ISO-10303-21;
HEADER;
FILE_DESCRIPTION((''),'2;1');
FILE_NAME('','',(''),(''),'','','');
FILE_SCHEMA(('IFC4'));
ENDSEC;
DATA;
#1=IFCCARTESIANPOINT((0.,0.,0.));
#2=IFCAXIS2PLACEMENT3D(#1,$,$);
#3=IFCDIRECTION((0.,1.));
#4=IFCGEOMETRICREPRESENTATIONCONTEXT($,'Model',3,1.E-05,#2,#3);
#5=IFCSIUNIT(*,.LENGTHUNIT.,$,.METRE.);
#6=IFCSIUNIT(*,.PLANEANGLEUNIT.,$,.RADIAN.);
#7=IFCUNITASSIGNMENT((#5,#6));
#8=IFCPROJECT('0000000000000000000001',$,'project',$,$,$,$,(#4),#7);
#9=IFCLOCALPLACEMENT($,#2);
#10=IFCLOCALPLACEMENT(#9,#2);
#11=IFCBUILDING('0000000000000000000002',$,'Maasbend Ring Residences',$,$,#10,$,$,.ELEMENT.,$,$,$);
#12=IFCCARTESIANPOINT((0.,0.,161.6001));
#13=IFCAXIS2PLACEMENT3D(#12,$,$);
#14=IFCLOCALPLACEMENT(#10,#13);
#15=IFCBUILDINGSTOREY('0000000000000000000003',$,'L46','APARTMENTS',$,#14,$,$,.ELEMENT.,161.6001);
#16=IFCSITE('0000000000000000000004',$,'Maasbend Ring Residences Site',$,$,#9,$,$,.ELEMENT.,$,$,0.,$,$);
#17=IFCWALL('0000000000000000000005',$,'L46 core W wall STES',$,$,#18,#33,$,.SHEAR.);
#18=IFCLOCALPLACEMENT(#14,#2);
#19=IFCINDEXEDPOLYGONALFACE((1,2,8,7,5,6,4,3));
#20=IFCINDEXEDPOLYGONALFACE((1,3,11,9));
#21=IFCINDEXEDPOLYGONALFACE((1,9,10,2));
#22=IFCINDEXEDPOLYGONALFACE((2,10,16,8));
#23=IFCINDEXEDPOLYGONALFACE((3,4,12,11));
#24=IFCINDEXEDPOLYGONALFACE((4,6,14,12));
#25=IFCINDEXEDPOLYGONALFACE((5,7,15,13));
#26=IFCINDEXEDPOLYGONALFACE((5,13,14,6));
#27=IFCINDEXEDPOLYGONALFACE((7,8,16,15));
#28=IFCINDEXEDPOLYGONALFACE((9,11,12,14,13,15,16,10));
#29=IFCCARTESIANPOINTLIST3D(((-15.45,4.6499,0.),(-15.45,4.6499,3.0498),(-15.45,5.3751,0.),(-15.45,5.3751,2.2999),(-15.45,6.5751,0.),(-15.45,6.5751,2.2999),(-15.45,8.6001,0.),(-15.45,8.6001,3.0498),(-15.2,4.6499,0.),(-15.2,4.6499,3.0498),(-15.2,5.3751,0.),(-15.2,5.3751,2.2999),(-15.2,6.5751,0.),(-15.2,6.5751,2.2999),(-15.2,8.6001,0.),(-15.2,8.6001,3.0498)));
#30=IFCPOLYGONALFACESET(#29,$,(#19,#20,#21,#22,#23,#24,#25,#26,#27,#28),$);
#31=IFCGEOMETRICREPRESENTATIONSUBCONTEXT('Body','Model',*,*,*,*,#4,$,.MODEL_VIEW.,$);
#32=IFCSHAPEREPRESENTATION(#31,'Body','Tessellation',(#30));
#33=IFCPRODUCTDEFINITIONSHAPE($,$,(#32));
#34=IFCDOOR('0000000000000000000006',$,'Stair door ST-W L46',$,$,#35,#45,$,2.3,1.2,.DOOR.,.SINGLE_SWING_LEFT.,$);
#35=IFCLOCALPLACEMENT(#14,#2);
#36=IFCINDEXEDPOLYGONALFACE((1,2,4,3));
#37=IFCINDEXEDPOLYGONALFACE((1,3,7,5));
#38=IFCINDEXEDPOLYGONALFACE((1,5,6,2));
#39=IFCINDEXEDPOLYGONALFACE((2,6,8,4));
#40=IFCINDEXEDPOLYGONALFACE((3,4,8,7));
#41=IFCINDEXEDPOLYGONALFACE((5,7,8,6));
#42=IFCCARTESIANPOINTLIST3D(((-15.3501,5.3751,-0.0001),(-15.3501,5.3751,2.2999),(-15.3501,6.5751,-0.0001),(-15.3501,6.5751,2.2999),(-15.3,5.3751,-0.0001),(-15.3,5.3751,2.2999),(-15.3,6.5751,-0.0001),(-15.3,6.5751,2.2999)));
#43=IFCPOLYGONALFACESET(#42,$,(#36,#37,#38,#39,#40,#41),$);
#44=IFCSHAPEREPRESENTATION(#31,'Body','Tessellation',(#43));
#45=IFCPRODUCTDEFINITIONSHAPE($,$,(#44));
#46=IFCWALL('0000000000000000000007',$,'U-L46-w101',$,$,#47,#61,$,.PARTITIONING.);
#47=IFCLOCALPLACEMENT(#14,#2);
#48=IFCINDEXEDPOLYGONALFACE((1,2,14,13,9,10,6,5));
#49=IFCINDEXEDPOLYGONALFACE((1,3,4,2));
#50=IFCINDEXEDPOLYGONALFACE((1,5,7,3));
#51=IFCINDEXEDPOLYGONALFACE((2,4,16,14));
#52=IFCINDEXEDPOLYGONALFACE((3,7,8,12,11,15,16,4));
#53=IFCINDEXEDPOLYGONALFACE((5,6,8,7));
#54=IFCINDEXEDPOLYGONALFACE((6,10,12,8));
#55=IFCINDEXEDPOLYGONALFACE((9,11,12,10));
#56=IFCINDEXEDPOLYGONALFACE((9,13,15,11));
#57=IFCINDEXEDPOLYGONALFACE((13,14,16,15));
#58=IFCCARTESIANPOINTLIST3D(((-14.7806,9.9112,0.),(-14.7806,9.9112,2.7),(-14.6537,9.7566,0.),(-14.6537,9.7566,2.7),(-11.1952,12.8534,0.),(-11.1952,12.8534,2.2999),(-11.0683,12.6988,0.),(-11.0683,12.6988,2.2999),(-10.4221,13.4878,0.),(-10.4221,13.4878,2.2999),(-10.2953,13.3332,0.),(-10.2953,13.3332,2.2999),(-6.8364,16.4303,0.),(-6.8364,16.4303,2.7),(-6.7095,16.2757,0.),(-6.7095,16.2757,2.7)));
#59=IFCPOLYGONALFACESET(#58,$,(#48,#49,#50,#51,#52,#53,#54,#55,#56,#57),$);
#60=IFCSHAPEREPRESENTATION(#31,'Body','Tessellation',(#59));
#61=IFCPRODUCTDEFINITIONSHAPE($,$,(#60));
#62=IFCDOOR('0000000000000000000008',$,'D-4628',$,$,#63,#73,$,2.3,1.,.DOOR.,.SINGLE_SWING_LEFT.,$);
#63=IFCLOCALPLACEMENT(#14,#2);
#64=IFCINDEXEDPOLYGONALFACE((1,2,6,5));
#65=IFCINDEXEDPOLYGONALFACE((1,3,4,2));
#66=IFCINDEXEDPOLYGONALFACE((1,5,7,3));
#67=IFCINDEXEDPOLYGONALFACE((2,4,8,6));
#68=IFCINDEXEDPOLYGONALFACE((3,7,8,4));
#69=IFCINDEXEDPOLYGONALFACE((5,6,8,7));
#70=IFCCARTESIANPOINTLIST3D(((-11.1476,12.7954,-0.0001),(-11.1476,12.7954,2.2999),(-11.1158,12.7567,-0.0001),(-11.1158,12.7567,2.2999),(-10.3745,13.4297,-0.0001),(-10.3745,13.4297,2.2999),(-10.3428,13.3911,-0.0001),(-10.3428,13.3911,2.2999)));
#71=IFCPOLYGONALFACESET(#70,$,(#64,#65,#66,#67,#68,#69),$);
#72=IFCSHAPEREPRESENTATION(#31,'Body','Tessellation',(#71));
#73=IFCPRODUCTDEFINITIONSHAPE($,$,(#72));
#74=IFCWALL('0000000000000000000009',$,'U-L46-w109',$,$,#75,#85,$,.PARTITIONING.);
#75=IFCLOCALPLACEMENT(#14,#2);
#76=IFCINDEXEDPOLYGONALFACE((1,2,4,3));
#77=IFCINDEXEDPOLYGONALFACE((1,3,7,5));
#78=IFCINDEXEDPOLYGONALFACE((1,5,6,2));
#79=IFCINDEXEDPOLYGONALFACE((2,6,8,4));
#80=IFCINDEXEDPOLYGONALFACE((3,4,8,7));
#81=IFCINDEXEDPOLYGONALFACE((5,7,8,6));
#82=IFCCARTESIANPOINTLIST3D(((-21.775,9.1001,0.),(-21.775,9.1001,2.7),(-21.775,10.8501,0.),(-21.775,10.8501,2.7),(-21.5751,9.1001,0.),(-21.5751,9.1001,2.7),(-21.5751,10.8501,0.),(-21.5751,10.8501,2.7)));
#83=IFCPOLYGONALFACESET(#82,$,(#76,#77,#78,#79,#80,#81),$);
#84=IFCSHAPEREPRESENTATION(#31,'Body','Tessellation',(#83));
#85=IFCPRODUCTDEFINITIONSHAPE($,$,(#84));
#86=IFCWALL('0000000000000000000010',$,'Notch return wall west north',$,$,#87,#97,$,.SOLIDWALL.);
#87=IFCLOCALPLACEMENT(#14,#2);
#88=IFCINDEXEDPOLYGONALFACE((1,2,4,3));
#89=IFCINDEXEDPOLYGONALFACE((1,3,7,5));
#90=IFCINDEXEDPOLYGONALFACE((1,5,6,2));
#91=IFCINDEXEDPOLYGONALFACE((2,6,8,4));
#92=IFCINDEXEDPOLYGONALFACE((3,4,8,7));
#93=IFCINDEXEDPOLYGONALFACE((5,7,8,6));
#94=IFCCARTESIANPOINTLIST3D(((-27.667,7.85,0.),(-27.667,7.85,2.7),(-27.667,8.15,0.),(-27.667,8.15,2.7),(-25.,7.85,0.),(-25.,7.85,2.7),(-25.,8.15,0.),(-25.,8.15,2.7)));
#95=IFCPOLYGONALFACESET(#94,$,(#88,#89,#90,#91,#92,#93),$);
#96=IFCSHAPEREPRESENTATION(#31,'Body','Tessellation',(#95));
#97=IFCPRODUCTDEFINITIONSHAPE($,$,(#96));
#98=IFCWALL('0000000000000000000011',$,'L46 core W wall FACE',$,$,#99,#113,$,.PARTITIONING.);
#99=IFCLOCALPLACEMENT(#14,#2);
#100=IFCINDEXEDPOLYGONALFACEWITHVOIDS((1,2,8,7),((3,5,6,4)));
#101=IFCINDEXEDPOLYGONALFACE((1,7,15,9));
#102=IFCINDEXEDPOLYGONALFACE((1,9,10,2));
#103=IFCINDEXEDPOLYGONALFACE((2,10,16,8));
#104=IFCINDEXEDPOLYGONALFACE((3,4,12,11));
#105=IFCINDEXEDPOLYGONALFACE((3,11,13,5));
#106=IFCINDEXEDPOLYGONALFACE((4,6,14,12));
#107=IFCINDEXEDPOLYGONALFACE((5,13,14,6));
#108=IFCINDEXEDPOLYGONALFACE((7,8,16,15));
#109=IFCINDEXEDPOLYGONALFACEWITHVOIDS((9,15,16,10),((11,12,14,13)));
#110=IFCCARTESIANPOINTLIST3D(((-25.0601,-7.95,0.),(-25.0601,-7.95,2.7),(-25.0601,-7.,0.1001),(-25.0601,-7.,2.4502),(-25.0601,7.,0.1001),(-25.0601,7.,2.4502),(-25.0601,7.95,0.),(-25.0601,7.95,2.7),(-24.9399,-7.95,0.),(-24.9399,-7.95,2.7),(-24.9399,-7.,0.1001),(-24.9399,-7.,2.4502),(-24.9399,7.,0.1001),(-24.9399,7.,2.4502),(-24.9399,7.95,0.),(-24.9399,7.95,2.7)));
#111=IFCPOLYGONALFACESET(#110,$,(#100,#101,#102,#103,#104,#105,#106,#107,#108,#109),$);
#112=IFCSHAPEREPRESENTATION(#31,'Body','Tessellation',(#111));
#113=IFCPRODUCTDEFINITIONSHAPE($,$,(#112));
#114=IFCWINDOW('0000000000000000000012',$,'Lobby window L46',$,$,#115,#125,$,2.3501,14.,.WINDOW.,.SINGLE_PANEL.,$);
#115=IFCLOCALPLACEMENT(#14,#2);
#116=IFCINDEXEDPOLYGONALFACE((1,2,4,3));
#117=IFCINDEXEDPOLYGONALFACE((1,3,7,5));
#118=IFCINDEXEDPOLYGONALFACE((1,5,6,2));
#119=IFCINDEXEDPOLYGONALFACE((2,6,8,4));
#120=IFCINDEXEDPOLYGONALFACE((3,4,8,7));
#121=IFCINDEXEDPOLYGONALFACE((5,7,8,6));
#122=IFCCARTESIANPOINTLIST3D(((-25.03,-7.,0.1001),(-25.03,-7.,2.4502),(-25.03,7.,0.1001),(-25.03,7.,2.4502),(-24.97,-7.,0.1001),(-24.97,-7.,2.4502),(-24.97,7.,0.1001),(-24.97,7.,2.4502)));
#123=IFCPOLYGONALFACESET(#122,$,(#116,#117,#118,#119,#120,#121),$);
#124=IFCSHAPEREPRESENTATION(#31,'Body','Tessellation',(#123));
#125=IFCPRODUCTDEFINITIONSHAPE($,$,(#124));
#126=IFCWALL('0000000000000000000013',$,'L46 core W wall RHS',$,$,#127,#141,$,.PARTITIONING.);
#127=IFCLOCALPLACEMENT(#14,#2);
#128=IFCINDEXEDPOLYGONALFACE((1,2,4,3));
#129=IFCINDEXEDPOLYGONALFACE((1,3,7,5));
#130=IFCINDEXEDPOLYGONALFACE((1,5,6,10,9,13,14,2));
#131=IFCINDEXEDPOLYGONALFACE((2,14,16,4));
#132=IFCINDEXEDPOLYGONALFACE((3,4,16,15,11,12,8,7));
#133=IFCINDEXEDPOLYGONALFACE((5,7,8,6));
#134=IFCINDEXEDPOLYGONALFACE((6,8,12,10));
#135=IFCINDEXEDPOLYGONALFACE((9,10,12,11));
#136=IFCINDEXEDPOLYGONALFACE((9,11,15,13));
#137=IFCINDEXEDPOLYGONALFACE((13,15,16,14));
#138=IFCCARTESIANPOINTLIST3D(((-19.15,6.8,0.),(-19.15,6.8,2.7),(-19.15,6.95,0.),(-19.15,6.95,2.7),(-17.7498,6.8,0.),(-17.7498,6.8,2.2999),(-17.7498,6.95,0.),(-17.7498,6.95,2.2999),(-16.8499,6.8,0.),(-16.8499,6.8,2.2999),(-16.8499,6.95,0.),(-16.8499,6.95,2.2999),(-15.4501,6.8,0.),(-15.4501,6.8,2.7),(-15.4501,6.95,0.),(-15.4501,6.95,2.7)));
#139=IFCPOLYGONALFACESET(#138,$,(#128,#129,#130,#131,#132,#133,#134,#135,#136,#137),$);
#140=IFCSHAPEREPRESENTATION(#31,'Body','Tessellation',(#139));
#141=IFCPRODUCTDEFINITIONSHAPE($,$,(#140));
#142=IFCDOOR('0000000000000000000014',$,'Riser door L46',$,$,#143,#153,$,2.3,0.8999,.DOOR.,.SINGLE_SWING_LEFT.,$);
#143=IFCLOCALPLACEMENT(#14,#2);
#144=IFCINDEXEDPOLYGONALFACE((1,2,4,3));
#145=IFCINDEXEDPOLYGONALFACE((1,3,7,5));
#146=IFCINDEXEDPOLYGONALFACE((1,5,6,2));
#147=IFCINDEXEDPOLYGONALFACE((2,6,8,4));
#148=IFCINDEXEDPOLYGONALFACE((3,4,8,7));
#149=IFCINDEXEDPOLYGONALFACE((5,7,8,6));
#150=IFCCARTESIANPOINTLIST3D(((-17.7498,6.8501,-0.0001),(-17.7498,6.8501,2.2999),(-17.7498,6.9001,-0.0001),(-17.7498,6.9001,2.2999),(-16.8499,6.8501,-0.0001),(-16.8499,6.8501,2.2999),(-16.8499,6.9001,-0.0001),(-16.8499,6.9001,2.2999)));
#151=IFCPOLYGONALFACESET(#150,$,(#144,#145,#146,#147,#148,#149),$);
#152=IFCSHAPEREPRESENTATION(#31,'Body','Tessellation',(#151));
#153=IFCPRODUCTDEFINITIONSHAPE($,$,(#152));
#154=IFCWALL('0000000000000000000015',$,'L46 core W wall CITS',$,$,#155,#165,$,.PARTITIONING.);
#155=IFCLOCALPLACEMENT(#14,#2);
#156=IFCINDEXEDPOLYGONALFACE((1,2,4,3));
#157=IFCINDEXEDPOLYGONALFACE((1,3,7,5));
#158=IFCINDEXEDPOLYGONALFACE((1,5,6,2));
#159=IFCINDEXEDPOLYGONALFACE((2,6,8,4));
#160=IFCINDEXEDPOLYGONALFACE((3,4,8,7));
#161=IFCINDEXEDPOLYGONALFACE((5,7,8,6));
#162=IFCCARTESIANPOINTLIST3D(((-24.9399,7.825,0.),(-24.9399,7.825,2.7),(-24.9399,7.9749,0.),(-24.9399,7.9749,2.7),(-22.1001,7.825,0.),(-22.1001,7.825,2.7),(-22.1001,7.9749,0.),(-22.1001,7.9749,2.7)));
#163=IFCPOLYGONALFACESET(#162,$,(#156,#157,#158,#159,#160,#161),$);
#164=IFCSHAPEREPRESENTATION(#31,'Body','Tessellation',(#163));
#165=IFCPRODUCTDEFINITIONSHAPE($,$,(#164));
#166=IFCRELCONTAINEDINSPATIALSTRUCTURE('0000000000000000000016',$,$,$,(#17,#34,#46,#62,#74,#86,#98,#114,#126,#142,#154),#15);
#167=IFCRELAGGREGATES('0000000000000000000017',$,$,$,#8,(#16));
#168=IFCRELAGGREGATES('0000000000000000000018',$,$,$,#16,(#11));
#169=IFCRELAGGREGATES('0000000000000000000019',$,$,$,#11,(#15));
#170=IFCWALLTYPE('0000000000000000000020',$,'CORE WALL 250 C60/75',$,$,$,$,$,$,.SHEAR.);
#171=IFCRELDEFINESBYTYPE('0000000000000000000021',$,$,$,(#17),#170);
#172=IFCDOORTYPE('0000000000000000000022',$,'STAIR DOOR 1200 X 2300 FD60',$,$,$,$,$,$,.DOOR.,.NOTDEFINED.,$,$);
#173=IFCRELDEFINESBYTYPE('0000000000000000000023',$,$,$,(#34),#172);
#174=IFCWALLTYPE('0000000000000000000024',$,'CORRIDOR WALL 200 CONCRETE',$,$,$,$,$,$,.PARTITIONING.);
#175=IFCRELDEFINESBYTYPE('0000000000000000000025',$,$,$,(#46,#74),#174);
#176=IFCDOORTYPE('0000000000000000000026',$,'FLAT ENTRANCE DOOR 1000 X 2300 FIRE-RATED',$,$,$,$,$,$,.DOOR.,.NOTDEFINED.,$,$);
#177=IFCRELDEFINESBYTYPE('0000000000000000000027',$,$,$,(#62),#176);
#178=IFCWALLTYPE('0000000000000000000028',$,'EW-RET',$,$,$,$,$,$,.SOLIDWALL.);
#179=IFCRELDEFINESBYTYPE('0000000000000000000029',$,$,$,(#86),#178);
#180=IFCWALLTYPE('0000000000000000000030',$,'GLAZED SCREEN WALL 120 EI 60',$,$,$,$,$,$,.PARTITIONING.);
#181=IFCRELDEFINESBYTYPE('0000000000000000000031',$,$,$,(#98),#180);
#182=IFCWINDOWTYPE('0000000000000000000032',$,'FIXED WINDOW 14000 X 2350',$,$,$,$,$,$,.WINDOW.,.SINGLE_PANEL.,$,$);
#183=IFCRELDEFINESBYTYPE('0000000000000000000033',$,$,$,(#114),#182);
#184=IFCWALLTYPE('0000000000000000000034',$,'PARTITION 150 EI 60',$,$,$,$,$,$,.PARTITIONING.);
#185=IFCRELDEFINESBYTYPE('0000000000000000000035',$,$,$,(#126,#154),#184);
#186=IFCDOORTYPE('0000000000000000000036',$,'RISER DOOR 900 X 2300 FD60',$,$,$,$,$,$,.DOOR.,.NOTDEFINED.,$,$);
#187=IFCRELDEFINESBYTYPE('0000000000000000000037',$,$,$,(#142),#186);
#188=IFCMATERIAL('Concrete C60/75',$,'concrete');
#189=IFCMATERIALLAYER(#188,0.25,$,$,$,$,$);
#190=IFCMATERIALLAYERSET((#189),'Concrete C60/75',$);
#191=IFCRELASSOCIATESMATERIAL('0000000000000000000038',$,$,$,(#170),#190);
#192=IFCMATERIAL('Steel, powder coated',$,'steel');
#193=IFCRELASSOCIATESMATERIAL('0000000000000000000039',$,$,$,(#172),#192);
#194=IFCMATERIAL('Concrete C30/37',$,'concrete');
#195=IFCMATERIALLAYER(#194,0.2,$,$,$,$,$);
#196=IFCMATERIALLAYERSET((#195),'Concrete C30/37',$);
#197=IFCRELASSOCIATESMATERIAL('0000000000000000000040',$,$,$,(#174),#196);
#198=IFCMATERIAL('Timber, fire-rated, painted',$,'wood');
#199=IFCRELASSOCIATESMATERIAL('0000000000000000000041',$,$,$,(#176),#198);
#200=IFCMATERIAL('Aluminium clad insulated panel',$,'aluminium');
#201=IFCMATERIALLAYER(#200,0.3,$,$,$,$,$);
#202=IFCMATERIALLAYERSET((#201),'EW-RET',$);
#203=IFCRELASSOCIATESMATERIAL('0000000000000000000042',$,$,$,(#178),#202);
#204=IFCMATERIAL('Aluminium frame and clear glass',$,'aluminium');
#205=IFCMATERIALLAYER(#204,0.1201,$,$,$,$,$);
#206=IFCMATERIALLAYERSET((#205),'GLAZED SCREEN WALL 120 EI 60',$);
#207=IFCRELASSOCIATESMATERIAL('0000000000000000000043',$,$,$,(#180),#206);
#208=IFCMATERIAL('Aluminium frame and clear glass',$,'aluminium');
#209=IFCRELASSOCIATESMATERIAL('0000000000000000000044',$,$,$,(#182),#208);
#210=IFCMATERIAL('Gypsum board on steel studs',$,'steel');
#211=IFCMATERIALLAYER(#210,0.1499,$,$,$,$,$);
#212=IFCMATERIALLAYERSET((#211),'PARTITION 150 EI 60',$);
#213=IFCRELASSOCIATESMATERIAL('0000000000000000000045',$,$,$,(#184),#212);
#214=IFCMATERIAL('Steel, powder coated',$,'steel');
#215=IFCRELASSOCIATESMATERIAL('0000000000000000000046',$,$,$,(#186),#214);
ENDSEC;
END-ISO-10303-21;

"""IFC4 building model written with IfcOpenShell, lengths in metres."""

from ifc_helpers import new_model, si_unit, direction, frame, frame_2d, origin, place, context, subcontext, project, spatial, rectangle, extrude, material, layer, layer_set, type_object, element, fill, save


model = new_model("IFC4")

# Units and contexts
model_context = context("Model", 3, precision=1e-05, world=origin(), true_north=direction((0.0, 1.0)))
body_context = subcontext(model_context, "Body", "Model", "MODEL_VIEW")
ifc_project = project(units=[si_unit("LENGTHUNIT", "METRE"), si_unit("PLANEANGLEUNIT", "RADIAN")], contexts=[model_context])

# Site, building, storey
site_placement = place(None, origin())
site = spatial("IfcSite", under=ifc_project, at=site_placement, Name="Maasbend Ring Residences Site", CompositionType="ELEMENT", RefElevation=0.0)
building_placement = place(site_placement, origin())
building = spatial("IfcBuilding", under=site, at=building_placement, Name="Maasbend Ring Residences", CompositionType="ELEMENT")
storey_placement = place(building_placement, frame((0.0, 0.0, 161.6001)))
storey = spatial("IfcBuildingStorey", under=building, at=storey_placement, Name="L46", Description="APARTMENTS", CompositionType="ELEMENT", Elevation=161.6001)

# Walls, openings, doors
ifc_material_1 = material(Name="Concrete C60/75", Category="concrete")
ifc_layer_1 = layer(ifc_material_1, 0.25)
ifc_layer_set_1 = layer_set([ifc_layer_1], Name="Concrete C60/75")
wall_type_1 = type_object("IfcWallType", Name="CORE WALL 250 C60/75", PredefinedType="SHEAR", material=ifc_layer_set_1)
wall_1_placement = place(storey_placement, frame((-15.325, 8.6001, 0.0), z_axis=(0.0, 0.0, 1.0), x_axis=(0.0, -1.0, 0.0)))
wall_1 = element("IfcWall", 1, at=wall_1_placement, inside=storey, type_object=wall_type_1, Name="L46 core W wall STES", PredefinedType="SHEAR", context=body_context, shape_type="SweptSolid", body=[
    extrude(rectangle(XDim=3.9502, YDim=0.25, at=frame_2d((1.9751, 0.0))), origin(), (0.0, 0.0, 1.0), 3.0498),
])
opening_1_placement = place(wall_1_placement, frame((2.0249, 0.0, 0.0)))
opening_1 = element("IfcOpeningElement", 2, at=opening_1_placement, cuts=wall_1, PredefinedType="OPENING", context=body_context, shape_type="SweptSolid", body=[
    extrude(rectangle(XDim=1.2, YDim=2.3, at=frame_2d((0.6001, 1.1499))), frame((0.0, 0.135, 0.0), z_axis=(0.0, -1.0, 0.0), x_axis=(1.0, 0.0, 0.0)), (0.0, 0.0, 1.0), 0.27),
])
ifc_material_2 = material(Name="Steel, powder coated", Category="steel")
door_type_1 = type_object("IfcDoorType", Name="STAIR DOOR 1200 X 2300 FD60", OperationType="NOTDEFINED", PredefinedType="DOOR", material=ifc_material_2)
door_1_placement = place(opening_1_placement, origin())
door_1 = element("IfcDoor", 3, at=door_1_placement, inside=storey, type_object=door_type_1, Name="Stair door ST-W L46", OperationType="SINGLE_SWING_LEFT", OverallHeight=2.3, OverallWidth=1.2, PredefinedType="DOOR", context=body_context, shape_type="SweptSolid", body=[
    extrude(rectangle(XDim=1.2, YDim=2.3, at=frame_2d((0.6001, 1.1499))), frame((0.0, 0.0249, 0.0), z_axis=(0.0, -1.0, 0.0), x_axis=(1.0, 0.0, 0.0)), (0.0, 0.0, 1.0), 0.05),
])
fill(opening_1, door_1)
ifc_material_3 = material(Name="Concrete C30/37", Category="concrete")
ifc_layer_2 = layer(ifc_material_3, 0.2)
ifc_layer_set_2 = layer_set([ifc_layer_2], Name="Concrete C30/37")
wall_type_2 = type_object("IfcWallType", Name="CORRIDOR WALL 200 CONCRETE", PredefinedType="PARTITIONING", material=ifc_layer_set_2)
wall_2_placement = place(storey_placement, frame((-14.717, 9.834, 0.0), z_axis=(0.0, 0.0, 1.0), x_axis=(0.773035, 0.634364, 0.0)))
wall_2 = element("IfcWall", 4, at=wall_2_placement, inside=storey, type_object=wall_type_2, Name="U-L46-w101", PredefinedType="PARTITIONING", context=body_context, shape_type="SweptSolid", body=[
    extrude(rectangle(XDim=10.2766, YDim=0.2, at=frame_2d((5.1382, 0.0))), origin(), (0.0, 0.0, 1.0), 2.7),
])
opening_2_placement = place(wall_2_placement, frame((4.6379, 0.0, 0.0)))
opening_2 = element("IfcOpeningElement", 5, at=opening_2_placement, cuts=wall_2, PredefinedType="OPENING", context=body_context, shape_type="SweptSolid", body=[
    extrude(rectangle(XDim=1.0, YDim=2.3, at=frame_2d((0.5, 1.1499))), frame((0.0, 0.1099, 0.0), z_axis=(0.0, -1.0, 0.0), x_axis=(1.0, 0.0, 0.0)), (0.0, 0.0, 1.0), 0.22),
])
ifc_material_4 = material(Name="Timber, fire-rated, painted", Category="wood")
door_type_2 = type_object("IfcDoorType", Name="FLAT ENTRANCE DOOR 1000 X 2300 FIRE-RATED", OperationType="NOTDEFINED", PredefinedType="DOOR", material=ifc_material_4)
door_2_placement = place(opening_2_placement, origin())
door_2 = element("IfcDoor", 6, at=door_2_placement, inside=storey, type_object=door_type_2, Name="D-4628", OperationType="SINGLE_SWING_LEFT", OverallHeight=2.3, OverallWidth=1.0, PredefinedType="DOOR", context=body_context, shape_type="SweptSolid", body=[
    extrude(rectangle(XDim=1.0, YDim=2.3, at=frame_2d((0.5, 1.1499))), frame((0.0, 0.0249, 0.0), z_axis=(0.0, -1.0, 0.0), x_axis=(1.0, 0.0, 0.0)), (0.0, 0.0, 1.0), 0.05),
])
fill(opening_2, door_2)

# Walls
wall_3_placement = place(storey_placement, frame((-21.675, 9.1001, 0.0), z_axis=(0.0, 0.0, 1.0), x_axis=(0.0, 1.0, 0.0)))
element("IfcWall", 7, at=wall_3_placement, inside=storey, type_object=wall_type_2, Name="U-L46-w109", PredefinedType="PARTITIONING", context=body_context, shape_type="SweptSolid", body=[
    extrude(rectangle(XDim=1.75, YDim=0.2, at=frame_2d((0.875, 0.0))), origin(), (0.0, 0.0, 1.0), 2.7),
])
ifc_material_5 = material(Name="Aluminium clad insulated panel", Category="aluminium")
ifc_layer_3 = layer(ifc_material_5, 0.3)
ifc_layer_set_3 = layer_set([ifc_layer_3], Name="EW-RET")
wall_type_3 = type_object("IfcWallType", Name="EW-RET", PredefinedType="SOLIDWALL", material=ifc_layer_set_3)
wall_4_placement = place(storey_placement, frame((-25.0, 8.0, 0.0), z_axis=(0.0, 0.0, 1.0), x_axis=(-1.0, 0.0, 0.0)))
element("IfcWall", 8, at=wall_4_placement, inside=storey, type_object=wall_type_3, Name="Notch return wall west north", PredefinedType="SOLIDWALL", context=body_context, shape_type="SweptSolid", body=[
    extrude(rectangle(XDim=2.667, YDim=0.3, at=frame_2d((1.3335, 0.0))), origin(), (0.0, 0.0, 1.0), 2.7),
])

# Wall, opening, window
ifc_material_6 = material(Name="Aluminium frame and clear glass", Category="aluminium")
ifc_layer_4 = layer(ifc_material_6, 0.1201)
ifc_layer_set_4 = layer_set([ifc_layer_4], Name="GLAZED SCREEN WALL 120 EI 60")
wall_type_4 = type_object("IfcWallType", Name="GLAZED SCREEN WALL 120 EI 60", PredefinedType="PARTITIONING", material=ifc_layer_set_4)
wall_5_placement = place(storey_placement, frame((-25.0, 7.95, 0.0), z_axis=(0.0, 0.0, 1.0), x_axis=(0.0, -1.0, 0.0)))
wall_5 = element("IfcWall", 9, at=wall_5_placement, inside=storey, type_object=wall_type_4, Name="L46 core W wall FACE", PredefinedType="PARTITIONING", context=body_context, shape_type="SweptSolid", body=[
    extrude(rectangle(XDim=15.8999, YDim=0.1201, at=frame_2d((7.95, 0.0))), origin(), (0.0, 0.0, 1.0), 2.7),
])
opening_3_placement = place(wall_5_placement, frame((0.95, 0.0, 0.1001)))
opening_3 = element("IfcOpeningElement", 10, at=opening_3_placement, cuts=wall_5, PredefinedType="OPENING", context=body_context, shape_type="SweptSolid", body=[
    extrude(rectangle(XDim=14.0, YDim=2.3501, at=frame_2d((7.0, 1.175))), frame((0.0, 0.0701, 0.0), z_axis=(0.0, -1.0, 0.0), x_axis=(1.0, 0.0, 0.0)), (0.0, 0.0, 1.0), 0.1401),
])
ifc_material_7 = material(Name="Aluminium frame and clear glass", Category="aluminium")
window_type = type_object("IfcWindowType", Name="FIXED WINDOW 14000 X 2350", PartitioningType="SINGLE_PANEL", PredefinedType="WINDOW", material=ifc_material_7)
window_placement = place(opening_3_placement, origin())
window = element("IfcWindow", 11, at=window_placement, inside=storey, type_object=window_type, Name="Lobby window L46", OverallHeight=2.3501, OverallWidth=14.0, PartitioningType="SINGLE_PANEL", PredefinedType="WINDOW", context=body_context, shape_type="SweptSolid", body=[
    extrude(rectangle(XDim=14.0, YDim=2.3501, at=frame_2d((7.0, 1.175))), frame((0.0, 0.03, 0.0), z_axis=(0.0, -1.0, 0.0), x_axis=(1.0, 0.0, 0.0)), (0.0, 0.0, 1.0), 0.0601),
])
fill(opening_3, window)

# Wall, opening, door
ifc_material_8 = material(Name="Gypsum board on steel studs", Category="steel")
ifc_layer_5 = layer(ifc_material_8, 0.1499)
ifc_layer_set_5 = layer_set([ifc_layer_5], Name="PARTITION 150 EI 60")
wall_type_5 = type_object("IfcWallType", Name="PARTITION 150 EI 60", PredefinedType="PARTITIONING", material=ifc_layer_set_5)
wall_6_placement = place(storey_placement, frame((-15.45, 6.875, 0.0), z_axis=(0.0, 0.0, 1.0), x_axis=(-1.0, 0.0, 0.0)))
wall_6 = element("IfcWall", 12, at=wall_6_placement, inside=storey, type_object=wall_type_5, Name="L46 core W wall RHS", PredefinedType="PARTITIONING", context=body_context, shape_type="SweptSolid", body=[
    extrude(rectangle(XDim=3.7, YDim=0.1499, at=frame_2d((1.8501, 0.0))), origin(), (0.0, 0.0, 1.0), 2.7),
])
opening_4_placement = place(wall_6_placement, frame((1.3999, 0.0, 0.0)))
opening_4 = element("IfcOpeningElement", 13, at=opening_4_placement, cuts=wall_6, PredefinedType="OPENING", context=body_context, shape_type="SweptSolid", body=[
    extrude(rectangle(XDim=0.8999, YDim=2.3, at=frame_2d((0.45, 1.1499))), frame((0.0, 0.085, 0.0), z_axis=(0.0, -1.0, 0.0), x_axis=(1.0, 0.0, 0.0)), (0.0, 0.0, 1.0), 0.1699),
])
ifc_material_9 = material(Name="Steel, powder coated", Category="steel")
door_type_3 = type_object("IfcDoorType", Name="RISER DOOR 900 X 2300 FD60", OperationType="NOTDEFINED", PredefinedType="DOOR", material=ifc_material_9)
door_3_placement = place(opening_4_placement, origin())
door_3 = element("IfcDoor", 14, at=door_3_placement, inside=storey, type_object=door_type_3, Name="Riser door L46", OperationType="SINGLE_SWING_LEFT", OverallHeight=2.3, OverallWidth=0.8999, PredefinedType="DOOR", context=body_context, shape_type="SweptSolid", body=[
    extrude(rectangle(XDim=0.8999, YDim=2.3, at=frame_2d((0.45, 1.1499))), frame((0.0, 0.0249, 0.0), z_axis=(0.0, -1.0, 0.0), x_axis=(1.0, 0.0, 0.0)), (0.0, 0.0, 1.0), 0.05),
])
fill(opening_4, door_3)

# Wall
wall_7_placement = place(storey_placement, frame((-22.1001, 7.8999, 0.0), z_axis=(0.0, 0.0, 1.0), x_axis=(-1.0, 0.0, 0.0)))
element("IfcWall", 15, at=wall_7_placement, inside=storey, type_object=wall_type_5, Name="L46 core W wall CITS", PredefinedType="PARTITIONING", context=body_context, shape_type="SweptSolid", body=[
    extrude(rectangle(XDim=2.8398, YDim=0.1499, at=frame_2d((1.4199, 0.0))), origin(), (0.0, 0.0, 1.0), 2.7),
])

save(model, "model.ifc")
